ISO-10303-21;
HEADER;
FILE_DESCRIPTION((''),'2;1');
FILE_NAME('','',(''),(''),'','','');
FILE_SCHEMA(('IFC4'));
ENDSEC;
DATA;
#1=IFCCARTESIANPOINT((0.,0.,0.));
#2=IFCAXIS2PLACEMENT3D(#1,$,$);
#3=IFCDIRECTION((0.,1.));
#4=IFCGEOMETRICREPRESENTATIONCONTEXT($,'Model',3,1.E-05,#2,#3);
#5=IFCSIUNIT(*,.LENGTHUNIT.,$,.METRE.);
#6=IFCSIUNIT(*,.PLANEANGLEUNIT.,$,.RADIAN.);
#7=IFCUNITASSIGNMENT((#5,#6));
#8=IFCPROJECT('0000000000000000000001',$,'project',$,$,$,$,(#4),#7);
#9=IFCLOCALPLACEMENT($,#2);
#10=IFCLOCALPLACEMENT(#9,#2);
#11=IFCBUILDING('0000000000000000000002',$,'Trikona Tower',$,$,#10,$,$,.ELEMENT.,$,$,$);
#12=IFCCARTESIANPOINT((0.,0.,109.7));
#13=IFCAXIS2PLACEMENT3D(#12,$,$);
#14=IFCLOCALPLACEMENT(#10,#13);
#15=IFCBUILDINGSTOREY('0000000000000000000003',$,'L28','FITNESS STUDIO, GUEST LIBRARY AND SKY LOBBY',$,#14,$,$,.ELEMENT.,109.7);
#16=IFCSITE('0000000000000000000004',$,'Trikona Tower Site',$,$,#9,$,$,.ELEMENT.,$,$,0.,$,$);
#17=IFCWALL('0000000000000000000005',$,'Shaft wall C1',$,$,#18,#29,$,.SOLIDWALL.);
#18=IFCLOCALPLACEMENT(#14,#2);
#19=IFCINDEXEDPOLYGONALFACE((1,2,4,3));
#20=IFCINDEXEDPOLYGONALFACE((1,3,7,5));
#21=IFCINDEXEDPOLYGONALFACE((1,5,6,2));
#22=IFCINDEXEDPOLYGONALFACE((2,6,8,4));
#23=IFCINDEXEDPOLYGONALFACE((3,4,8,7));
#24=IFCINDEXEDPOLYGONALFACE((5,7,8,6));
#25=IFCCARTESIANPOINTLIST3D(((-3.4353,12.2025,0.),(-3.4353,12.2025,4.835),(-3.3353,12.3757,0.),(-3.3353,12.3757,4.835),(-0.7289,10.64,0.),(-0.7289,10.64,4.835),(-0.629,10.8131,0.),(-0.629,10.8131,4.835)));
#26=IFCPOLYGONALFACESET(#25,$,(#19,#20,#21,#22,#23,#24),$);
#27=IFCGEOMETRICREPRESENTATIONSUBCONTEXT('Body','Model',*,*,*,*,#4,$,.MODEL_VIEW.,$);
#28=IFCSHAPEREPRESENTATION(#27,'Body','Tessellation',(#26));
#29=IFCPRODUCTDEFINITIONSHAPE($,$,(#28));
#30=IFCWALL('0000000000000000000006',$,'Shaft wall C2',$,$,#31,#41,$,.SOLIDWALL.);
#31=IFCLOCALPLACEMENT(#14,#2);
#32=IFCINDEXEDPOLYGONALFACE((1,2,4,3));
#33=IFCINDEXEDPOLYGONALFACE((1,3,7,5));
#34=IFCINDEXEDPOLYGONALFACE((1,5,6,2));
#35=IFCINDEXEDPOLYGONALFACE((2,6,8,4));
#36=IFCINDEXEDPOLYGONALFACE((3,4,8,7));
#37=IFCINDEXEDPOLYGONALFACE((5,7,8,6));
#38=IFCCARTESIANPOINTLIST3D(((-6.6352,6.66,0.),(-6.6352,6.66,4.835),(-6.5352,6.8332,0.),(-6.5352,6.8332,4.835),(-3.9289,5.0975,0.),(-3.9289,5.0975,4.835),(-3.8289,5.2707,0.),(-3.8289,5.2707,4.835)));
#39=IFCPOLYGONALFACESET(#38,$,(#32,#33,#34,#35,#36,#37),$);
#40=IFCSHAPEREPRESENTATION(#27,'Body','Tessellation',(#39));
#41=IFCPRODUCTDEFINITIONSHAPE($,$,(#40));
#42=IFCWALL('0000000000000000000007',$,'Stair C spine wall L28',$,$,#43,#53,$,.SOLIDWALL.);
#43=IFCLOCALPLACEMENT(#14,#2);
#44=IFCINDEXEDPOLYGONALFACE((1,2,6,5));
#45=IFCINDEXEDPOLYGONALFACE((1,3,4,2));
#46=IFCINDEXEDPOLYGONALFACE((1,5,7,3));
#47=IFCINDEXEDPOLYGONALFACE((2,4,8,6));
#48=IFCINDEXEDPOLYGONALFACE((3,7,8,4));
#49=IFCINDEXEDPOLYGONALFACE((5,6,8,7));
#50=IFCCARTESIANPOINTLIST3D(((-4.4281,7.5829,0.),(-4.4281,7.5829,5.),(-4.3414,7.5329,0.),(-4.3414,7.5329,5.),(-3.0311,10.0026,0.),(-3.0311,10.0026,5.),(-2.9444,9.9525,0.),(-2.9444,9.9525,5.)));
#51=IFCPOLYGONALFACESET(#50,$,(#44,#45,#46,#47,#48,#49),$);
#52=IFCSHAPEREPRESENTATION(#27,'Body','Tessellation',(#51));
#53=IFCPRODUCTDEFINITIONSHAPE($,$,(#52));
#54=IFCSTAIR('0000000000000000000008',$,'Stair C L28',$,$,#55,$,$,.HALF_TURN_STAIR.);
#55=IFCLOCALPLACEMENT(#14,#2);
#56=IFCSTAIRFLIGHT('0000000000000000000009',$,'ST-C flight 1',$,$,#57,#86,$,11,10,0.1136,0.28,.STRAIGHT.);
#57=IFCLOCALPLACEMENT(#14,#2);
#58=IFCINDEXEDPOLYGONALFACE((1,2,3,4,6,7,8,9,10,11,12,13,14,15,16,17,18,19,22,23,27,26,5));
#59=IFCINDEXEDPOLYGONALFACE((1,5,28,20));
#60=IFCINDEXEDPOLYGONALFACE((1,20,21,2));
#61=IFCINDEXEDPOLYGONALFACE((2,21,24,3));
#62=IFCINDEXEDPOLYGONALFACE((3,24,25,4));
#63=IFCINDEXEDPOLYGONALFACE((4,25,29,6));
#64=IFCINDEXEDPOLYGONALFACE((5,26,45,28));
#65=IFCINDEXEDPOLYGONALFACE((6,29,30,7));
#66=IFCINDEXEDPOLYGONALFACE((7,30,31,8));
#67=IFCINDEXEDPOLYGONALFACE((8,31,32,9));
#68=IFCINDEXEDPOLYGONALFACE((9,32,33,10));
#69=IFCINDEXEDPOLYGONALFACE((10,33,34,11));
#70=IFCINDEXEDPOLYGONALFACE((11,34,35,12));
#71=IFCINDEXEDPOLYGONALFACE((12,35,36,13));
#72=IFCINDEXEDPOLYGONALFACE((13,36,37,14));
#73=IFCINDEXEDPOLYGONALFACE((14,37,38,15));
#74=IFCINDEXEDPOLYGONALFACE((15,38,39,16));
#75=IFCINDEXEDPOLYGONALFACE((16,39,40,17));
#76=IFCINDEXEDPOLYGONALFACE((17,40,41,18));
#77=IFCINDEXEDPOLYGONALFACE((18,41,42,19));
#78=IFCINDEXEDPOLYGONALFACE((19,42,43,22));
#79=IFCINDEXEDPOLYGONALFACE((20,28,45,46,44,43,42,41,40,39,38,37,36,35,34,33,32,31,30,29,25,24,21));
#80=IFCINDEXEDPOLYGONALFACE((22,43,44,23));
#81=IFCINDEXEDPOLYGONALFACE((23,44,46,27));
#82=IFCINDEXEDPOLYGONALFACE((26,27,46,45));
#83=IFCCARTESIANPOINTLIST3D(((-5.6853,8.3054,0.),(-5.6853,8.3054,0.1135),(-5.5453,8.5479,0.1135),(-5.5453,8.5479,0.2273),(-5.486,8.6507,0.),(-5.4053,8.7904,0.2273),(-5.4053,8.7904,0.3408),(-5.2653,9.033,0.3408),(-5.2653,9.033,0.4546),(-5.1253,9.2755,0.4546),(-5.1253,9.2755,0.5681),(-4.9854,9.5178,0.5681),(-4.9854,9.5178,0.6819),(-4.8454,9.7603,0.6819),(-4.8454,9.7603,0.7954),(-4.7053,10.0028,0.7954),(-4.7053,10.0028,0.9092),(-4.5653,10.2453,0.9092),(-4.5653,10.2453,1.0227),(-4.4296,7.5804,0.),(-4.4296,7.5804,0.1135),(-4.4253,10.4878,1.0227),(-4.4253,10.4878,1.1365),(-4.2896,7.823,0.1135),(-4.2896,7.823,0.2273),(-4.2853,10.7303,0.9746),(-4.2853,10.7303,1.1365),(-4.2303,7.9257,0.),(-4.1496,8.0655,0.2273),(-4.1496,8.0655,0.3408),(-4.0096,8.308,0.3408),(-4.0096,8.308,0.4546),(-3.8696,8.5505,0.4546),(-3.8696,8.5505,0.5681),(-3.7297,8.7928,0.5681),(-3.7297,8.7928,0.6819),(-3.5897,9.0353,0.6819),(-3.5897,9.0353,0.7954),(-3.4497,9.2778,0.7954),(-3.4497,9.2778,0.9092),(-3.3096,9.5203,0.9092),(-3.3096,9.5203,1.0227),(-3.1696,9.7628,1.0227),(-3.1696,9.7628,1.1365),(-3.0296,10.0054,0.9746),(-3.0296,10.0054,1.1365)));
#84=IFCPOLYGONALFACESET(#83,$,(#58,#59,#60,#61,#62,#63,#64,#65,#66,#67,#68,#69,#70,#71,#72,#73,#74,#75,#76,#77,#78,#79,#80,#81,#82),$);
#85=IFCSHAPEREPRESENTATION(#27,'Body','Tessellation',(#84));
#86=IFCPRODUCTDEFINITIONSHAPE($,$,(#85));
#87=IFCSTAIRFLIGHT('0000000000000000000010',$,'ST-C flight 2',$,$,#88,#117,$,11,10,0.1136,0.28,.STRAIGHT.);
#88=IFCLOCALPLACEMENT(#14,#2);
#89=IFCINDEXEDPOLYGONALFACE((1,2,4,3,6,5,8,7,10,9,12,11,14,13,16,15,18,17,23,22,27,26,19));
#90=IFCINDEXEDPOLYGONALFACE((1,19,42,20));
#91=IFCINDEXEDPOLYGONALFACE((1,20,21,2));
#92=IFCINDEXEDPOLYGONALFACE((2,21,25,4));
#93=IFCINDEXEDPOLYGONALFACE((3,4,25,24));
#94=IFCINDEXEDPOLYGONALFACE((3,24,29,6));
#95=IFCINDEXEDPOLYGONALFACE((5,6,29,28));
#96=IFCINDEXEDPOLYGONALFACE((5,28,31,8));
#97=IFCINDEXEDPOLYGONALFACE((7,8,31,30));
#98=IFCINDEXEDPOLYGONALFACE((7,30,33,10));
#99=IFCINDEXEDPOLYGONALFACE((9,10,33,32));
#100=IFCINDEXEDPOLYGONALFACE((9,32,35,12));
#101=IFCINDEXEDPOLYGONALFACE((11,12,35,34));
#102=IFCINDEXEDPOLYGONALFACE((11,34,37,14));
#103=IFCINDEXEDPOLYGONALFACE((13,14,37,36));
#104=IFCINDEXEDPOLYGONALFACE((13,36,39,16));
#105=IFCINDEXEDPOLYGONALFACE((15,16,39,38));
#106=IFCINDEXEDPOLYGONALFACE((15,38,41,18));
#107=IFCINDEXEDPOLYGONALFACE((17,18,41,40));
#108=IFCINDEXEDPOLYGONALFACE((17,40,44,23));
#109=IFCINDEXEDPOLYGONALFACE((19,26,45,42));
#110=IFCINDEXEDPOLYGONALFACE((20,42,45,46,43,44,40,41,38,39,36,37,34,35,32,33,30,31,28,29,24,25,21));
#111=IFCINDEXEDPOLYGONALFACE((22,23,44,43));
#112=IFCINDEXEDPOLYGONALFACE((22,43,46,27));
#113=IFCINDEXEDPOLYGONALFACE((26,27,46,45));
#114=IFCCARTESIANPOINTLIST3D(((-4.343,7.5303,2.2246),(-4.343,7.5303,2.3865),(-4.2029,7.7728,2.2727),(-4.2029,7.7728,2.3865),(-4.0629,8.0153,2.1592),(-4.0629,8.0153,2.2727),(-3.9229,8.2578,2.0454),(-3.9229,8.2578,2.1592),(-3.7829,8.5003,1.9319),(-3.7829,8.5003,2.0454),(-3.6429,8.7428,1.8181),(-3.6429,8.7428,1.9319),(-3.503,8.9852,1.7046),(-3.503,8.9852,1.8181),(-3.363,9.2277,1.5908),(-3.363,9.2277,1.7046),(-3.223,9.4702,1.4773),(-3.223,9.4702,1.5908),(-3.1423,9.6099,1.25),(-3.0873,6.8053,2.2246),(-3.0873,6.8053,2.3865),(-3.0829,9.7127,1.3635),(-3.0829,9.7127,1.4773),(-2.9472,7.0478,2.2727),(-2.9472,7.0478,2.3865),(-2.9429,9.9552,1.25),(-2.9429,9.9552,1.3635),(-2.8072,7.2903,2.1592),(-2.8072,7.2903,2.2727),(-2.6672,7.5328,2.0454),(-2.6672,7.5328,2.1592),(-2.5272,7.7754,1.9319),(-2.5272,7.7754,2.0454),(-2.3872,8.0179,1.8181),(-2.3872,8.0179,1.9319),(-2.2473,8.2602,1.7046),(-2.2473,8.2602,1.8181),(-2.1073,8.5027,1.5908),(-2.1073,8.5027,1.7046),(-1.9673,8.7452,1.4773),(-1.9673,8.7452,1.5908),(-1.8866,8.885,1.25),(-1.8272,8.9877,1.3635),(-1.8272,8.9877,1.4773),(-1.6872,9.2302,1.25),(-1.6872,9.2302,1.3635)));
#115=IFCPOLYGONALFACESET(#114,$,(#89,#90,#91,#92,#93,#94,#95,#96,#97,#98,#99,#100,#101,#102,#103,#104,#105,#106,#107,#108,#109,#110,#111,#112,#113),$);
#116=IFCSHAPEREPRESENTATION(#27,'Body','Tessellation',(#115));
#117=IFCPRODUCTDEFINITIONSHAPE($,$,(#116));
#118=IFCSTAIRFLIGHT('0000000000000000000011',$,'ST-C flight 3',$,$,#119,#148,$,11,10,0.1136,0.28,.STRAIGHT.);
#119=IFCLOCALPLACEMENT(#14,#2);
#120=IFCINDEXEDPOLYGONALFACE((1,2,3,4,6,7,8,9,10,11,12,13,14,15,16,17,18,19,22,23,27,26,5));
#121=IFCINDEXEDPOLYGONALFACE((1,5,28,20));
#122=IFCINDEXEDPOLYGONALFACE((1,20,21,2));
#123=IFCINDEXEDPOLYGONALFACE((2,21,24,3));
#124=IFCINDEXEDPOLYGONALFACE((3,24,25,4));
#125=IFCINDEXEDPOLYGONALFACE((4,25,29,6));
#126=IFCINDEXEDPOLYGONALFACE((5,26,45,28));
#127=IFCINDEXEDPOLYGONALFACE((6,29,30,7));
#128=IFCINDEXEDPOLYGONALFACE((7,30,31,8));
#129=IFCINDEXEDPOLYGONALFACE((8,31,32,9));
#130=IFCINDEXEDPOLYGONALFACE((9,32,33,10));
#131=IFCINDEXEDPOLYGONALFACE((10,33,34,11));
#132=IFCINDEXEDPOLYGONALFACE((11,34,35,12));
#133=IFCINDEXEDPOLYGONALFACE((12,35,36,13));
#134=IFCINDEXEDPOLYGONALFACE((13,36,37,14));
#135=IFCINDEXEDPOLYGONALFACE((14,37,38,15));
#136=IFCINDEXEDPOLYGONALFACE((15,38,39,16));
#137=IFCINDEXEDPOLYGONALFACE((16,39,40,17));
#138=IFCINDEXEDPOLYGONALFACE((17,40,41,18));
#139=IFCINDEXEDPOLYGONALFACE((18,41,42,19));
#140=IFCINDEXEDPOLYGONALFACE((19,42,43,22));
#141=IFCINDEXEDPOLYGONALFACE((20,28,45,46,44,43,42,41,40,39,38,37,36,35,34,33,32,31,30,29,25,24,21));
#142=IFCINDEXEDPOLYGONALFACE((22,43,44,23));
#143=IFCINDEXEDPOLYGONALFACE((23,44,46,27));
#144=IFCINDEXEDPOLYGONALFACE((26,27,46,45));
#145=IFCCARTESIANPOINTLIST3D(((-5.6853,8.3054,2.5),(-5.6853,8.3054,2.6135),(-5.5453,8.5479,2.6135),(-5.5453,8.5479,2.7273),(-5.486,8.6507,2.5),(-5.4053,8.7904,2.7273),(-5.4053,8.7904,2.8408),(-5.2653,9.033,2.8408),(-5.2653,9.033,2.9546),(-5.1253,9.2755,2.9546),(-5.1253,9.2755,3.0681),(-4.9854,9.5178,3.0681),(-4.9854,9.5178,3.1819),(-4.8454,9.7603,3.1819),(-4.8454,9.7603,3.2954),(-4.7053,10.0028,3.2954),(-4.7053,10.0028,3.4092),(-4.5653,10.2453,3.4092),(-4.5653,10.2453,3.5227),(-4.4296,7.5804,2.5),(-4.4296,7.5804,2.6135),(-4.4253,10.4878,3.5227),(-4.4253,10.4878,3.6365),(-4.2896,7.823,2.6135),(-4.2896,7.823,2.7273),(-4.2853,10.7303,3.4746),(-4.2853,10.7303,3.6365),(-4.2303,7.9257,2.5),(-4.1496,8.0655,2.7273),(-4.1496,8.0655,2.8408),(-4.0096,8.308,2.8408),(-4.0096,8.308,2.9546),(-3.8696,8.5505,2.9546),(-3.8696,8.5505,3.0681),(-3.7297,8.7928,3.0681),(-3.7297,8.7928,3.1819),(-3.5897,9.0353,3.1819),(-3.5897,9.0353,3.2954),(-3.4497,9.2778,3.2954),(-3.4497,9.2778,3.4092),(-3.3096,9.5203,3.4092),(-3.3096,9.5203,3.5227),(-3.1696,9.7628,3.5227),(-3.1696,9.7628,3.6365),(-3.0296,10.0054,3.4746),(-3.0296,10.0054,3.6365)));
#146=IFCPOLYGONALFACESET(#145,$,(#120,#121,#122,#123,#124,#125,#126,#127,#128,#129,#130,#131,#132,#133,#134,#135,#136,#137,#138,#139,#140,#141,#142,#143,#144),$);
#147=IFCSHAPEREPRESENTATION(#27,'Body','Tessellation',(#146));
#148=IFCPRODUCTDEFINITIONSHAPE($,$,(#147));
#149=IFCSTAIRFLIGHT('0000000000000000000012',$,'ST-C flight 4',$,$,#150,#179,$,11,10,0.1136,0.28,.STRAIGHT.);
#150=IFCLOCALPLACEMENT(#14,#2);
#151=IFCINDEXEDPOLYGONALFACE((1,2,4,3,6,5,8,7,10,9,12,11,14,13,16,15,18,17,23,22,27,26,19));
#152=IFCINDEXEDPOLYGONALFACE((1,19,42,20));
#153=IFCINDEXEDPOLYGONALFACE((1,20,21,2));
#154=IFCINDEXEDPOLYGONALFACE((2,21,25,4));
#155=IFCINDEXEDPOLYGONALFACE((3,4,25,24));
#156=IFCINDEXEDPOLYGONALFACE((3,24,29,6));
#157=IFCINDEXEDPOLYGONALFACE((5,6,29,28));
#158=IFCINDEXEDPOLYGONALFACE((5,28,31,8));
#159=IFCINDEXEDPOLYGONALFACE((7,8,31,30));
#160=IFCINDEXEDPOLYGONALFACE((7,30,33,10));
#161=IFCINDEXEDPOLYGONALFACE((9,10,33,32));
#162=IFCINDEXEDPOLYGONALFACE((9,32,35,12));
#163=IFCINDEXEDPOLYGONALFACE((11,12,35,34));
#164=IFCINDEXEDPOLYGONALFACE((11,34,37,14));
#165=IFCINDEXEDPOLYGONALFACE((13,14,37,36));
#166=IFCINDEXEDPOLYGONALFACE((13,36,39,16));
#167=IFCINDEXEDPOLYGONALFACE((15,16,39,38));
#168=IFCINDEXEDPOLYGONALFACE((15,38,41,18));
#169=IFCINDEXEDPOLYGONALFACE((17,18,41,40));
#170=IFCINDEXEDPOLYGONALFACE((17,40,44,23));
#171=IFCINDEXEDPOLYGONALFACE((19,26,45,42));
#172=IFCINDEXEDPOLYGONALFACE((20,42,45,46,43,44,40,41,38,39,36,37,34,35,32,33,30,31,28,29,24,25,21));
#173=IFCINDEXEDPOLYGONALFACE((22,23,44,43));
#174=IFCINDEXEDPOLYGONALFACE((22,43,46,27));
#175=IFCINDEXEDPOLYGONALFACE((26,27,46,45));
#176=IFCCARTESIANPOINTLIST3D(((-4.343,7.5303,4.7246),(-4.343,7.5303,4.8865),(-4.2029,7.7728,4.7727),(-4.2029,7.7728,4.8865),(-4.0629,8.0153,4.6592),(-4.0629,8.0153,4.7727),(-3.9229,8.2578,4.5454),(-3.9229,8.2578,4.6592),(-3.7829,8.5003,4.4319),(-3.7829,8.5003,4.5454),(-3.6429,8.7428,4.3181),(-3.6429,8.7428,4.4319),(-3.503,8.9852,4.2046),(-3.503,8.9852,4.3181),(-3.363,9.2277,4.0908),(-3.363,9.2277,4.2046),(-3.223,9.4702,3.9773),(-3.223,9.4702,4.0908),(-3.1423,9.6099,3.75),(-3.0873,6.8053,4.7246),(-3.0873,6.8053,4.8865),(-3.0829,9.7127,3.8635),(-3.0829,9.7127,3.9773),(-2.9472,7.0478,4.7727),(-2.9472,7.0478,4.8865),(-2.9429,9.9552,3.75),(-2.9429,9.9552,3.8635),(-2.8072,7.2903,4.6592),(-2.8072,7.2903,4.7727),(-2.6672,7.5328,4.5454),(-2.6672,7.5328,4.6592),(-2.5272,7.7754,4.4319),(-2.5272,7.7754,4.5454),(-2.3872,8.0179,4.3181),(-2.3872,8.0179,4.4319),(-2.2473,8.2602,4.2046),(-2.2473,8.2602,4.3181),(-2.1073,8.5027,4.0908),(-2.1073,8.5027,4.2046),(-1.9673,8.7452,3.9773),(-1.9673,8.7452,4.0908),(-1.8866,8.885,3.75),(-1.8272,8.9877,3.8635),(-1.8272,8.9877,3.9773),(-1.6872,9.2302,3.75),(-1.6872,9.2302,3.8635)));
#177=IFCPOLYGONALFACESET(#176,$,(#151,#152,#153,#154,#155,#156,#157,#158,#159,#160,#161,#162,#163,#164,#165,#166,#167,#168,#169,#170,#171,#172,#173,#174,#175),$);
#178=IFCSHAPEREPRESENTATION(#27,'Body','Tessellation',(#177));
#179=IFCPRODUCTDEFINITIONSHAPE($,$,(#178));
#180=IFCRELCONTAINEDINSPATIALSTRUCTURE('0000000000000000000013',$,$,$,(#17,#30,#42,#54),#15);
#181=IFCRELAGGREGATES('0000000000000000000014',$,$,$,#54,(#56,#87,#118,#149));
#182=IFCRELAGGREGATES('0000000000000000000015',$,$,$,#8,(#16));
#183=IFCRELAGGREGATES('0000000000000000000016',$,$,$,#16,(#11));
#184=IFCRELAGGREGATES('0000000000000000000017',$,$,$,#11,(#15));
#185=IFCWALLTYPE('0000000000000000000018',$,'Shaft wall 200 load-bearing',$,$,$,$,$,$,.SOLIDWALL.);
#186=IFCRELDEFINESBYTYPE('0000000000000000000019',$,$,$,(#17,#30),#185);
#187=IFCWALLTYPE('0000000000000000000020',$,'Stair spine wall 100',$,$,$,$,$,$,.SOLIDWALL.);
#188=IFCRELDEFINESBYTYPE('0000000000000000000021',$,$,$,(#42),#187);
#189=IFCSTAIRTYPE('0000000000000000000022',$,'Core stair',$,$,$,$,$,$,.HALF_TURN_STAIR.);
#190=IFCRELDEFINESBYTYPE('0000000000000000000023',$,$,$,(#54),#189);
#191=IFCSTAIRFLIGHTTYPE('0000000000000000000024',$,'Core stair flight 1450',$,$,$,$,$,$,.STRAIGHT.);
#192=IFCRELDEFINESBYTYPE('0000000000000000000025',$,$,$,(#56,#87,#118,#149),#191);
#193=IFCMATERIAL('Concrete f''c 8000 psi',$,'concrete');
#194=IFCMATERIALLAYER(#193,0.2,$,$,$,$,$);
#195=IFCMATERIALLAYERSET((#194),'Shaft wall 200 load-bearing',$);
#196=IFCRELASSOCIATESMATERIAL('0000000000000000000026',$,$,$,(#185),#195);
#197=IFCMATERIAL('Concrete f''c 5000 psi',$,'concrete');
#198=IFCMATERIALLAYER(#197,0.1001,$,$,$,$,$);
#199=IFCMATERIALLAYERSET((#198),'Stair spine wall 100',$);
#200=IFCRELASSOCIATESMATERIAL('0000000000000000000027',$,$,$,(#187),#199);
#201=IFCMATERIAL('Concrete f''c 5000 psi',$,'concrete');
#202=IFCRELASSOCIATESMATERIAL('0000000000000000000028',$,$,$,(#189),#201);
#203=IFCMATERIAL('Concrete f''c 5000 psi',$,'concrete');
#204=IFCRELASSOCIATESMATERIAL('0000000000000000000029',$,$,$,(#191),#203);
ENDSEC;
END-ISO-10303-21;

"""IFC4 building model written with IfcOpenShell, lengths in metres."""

from ifc_helpers import new_model, si_unit, direction, frame, frame_2d, origin, place, context, subcontext, project, spatial, polyline, rectangle, outline, extrude, material, layer, layer_set, type_object, element, aggregate, save


model = new_model("IFC4")

# Units and contexts
model_context = context("Model", 3, precision=1e-05, world=origin(), true_north=direction((0.0, 1.0)))
body_context = subcontext(model_context, "Body", "Model", "MODEL_VIEW")
ifc_project = project(units=[si_unit("LENGTHUNIT", "METRE"), si_unit("PLANEANGLEUNIT", "RADIAN")], contexts=[model_context])

# Site, building, storey
site_placement = place(None, origin())
site = spatial("IfcSite", under=ifc_project, at=site_placement, Name="Trikona Tower Site", CompositionType="ELEMENT", RefElevation=0.0)
building_placement = place(site_placement, origin())
building = spatial("IfcBuilding", under=site, at=building_placement, Name="Trikona Tower", CompositionType="ELEMENT")
storey_placement = place(building_placement, frame((0.0, 0.0, 109.7)))
storey = spatial("IfcBuildingStorey", under=building, at=storey_placement, Name="L28", Description="FITNESS STUDIO, GUEST LIBRARY AND SKY LOBBY", CompositionType="ELEMENT", Elevation=109.7)

# Walls
ifc_material_1 = material(Name="Concrete f'c 8000 psi", Category="concrete")
ifc_layer_1 = layer(ifc_material_1, 0.2)
ifc_layer_set_1 = layer_set([ifc_layer_1], Name="Shaft wall 200 load-bearing")
wall_type_1 = type_object("IfcWallType", Name="Shaft wall 200 load-bearing", PredefinedType="SOLIDWALL", material=ifc_layer_set_1)
for number, where, z_axis, x_axis, name in (
    (1, (-0.679, 10.7266, 0.0), (0.0, 0.0, 1.0), (-0.866023, 0.500004, 0.0), "Shaft wall C1"),
    (2, (-3.8789, 5.1841, 0.0), (0.0, 0.0, 1.0), (-0.866023, 0.500004, 0.0), "Shaft wall C2"),
):
    element("IfcWall", number, at=place(storey_placement, frame(where, z_axis=z_axis, x_axis=x_axis)), inside=storey, type_object=wall_type_1, Name=name, PredefinedType="SOLIDWALL", context=body_context, shape_type="SweptSolid", body=[
        extrude(rectangle(XDim=3.125, YDim=0.2, at=frame_2d((1.5625, 0.0))), origin(), (0.0, 0.0, 1.0), 4.835),
    ])
ifc_material_2 = material(Name="Concrete f'c 5000 psi", Category="concrete")
ifc_layer_2 = layer(ifc_material_2, 0.1001)
ifc_layer_set_2 = layer_set([ifc_layer_2], Name="Stair spine wall 100")
wall_type_2 = type_object("IfcWallType", Name="Stair spine wall 100", PredefinedType="SOLIDWALL", material=ifc_layer_set_2)
wall_1_placement = place(storey_placement, frame((-2.9878, 9.9775, 0.0), z_axis=(0.0, 0.0, 1.0), x_axis=(-0.499992, -0.86603, 0.0)))
element("IfcWall", 3, at=wall_1_placement, inside=storey, type_object=wall_type_2, Name="Stair C spine wall L28", PredefinedType="SOLIDWALL", context=body_context, shape_type="SweptSolid", body=[
    extrude(rectangle(XDim=2.7939, YDim=0.1001, at=frame_2d((1.397, 0.0))), origin(), (0.0, 0.0, 1.0), 5.0),
])

# Stair, stair flights
ifc_material_3 = material(Name="Concrete f'c 5000 psi", Category="concrete")
stair_type = type_object("IfcStairType", Name="Core stair", PredefinedType="HALF_TURN_STAIR", material=ifc_material_3)
stair_placement = place(storey_placement, origin())
stair = element("IfcStair", 4, at=stair_placement, inside=storey, type_object=stair_type, Name="Stair C L28", PredefinedType="HALF_TURN_STAIR")
ifc_material_4 = material(Name="Concrete f'c 5000 psi", Category="concrete")
stair_flight_type = type_object("IfcStairFlightType", Name="Core stair flight 1450", PredefinedType="STRAIGHT", material=ifc_material_4)
stair_flight_1_placement = place(storey_placement, frame((-5.0574, 7.9429, 0.0), z_axis=(0.0, 0.0, 1.0), x_axis=(0.5, 0.866025, 0.0)))
stair_flight_1 = element("IfcStairFlight", 5, at=stair_flight_1_placement, type_object=stair_flight_type, Name="ST-C flight 1", NumberOfRisers=11, NumberOfTreads=10, PredefinedType="STRAIGHT", RiserHeight=0.1136, TreadLength=0.28, context=body_context, shape_type="SweptSolid", body=[
    extrude(outline(polyline([(0.0, 0.0), (0.0, 0.1135), (0.28, 0.1135), (0.28, 0.2273), (0.5601, 0.2273), (0.5601, 0.3408), (0.8401, 0.3408), (0.8401, 0.4546), (1.1201, 0.4546), (1.1201, 0.5681), (1.3999, 0.5681), (1.3999, 0.6819), (1.6799, 0.6819), (1.6799, 0.7954), (1.96, 0.7954), (1.96, 0.9092), (2.24, 0.9092), (2.24, 1.0227), (2.52, 1.0227), (2.52, 1.1365), (2.8, 1.1365), (2.8, 1.25), (2.8, 0.9746), (0.3987, 0.0), (0.0, 0.0)])), frame((0.0, 0.7251, 0.0), z_axis=(0.0, -1.0, 0.0), x_axis=(1.0, 0.0, 0.0)), (0.0, 0.0, 1.0), 1.45),
])
stair_flight_2_placement = place(storey_placement, frame((-2.3152, 9.5928, 1.25), z_axis=(0.0, 0.0, 1.0), x_axis=(-0.5, -0.866025, 0.0)))
stair_flight_2 = element("IfcStairFlight", 6, at=stair_flight_2_placement, type_object=stair_flight_type, Name="ST-C flight 2", NumberOfRisers=11, NumberOfTreads=10, PredefinedType="STRAIGHT", RiserHeight=0.1136, TreadLength=0.28, context=body_context, shape_type="SweptSolid", body=[
    extrude(outline(polyline([(0.0, 0.0), (0.0, 0.1135), (0.28, 0.1135), (0.28, 0.2273), (0.5601, 0.2273), (0.5601, 0.3408), (0.8401, 0.3408), (0.8401, 0.4546), (1.1201, 0.4546), (1.1201, 0.5681), (1.3999, 0.5681), (1.3999, 0.6819), (1.6799, 0.6819), (1.6799, 0.7954), (1.96, 0.7954), (1.96, 0.9092), (2.24, 0.9092), (2.24, 1.0227), (2.52, 1.0227), (2.52, 1.1365), (2.8, 1.1365), (2.8, 1.25), (2.8, 0.9746), (0.3987, 0.0), (0.0, 0.0)])), frame((0.0, 0.7251, 0.0), z_axis=(0.0, -1.0, 0.0), x_axis=(1.0, 0.0, 0.0)), (0.0, 0.0, 1.0), 1.45),
])
stair_flight_3_placement = place(storey_placement, frame((-5.0574, 7.9429, 2.5), z_axis=(0.0, 0.0, 1.0), x_axis=(0.5, 0.866025, 0.0)))
stair_flight_3 = element("IfcStairFlight", 7, at=stair_flight_3_placement, type_object=stair_flight_type, Name="ST-C flight 3", NumberOfRisers=11, NumberOfTreads=10, PredefinedType="STRAIGHT", RiserHeight=0.1136, TreadLength=0.28, context=body_context, shape_type="SweptSolid", body=[
    extrude(outline(polyline([(0.0, 0.0), (0.0, 0.1135), (0.28, 0.1135), (0.28, 0.2273), (0.5601, 0.2273), (0.5601, 0.3408), (0.8401, 0.3408), (0.8401, 0.4546), (1.1201, 0.4546), (1.1201, 0.5681), (1.3999, 0.5681), (1.3999, 0.6819), (1.6799, 0.6819), (1.6799, 0.7954), (1.96, 0.7954), (1.96, 0.9092), (2.24, 0.9092), (2.24, 1.0227), (2.52, 1.0227), (2.52, 1.1365), (2.8, 1.1365), (2.8, 1.25), (2.8, 0.9746), (0.3987, 0.0), (0.0, 0.0)])), frame((0.0, 0.7251, 0.0), z_axis=(0.0, -1.0, 0.0), x_axis=(1.0, 0.0, 0.0)), (0.0, 0.0, 1.0), 1.45),
])
stair_flight_4_placement = place(storey_placement, frame((-2.3152, 9.5928, 3.75), z_axis=(0.0, 0.0, 1.0), x_axis=(-0.5, -0.866025, 0.0)))
stair_flight_4 = element("IfcStairFlight", 8, at=stair_flight_4_placement, type_object=stair_flight_type, Name="ST-C flight 4", NumberOfRisers=11, NumberOfTreads=10, PredefinedType="STRAIGHT", RiserHeight=0.1136, TreadLength=0.28, context=body_context, shape_type="SweptSolid", body=[
    extrude(outline(polyline([(0.0, 0.0), (0.0, 0.1135), (0.28, 0.1135), (0.28, 0.2273), (0.5601, 0.2273), (0.5601, 0.3408), (0.8401, 0.3408), (0.8401, 0.4546), (1.1201, 0.4546), (1.1201, 0.5681), (1.3999, 0.5681), (1.3999, 0.6819), (1.6799, 0.6819), (1.6799, 0.7954), (1.96, 0.7954), (1.96, 0.9092), (2.24, 0.9092), (2.24, 1.0227), (2.52, 1.0227), (2.52, 1.1365), (2.8, 1.1365), (2.8, 1.25), (2.8, 0.9746), (0.3987, 0.0), (0.0, 0.0)])), frame((0.0, 0.7251, 0.0), z_axis=(0.0, -1.0, 0.0), x_axis=(1.0, 0.0, 0.0)), (0.0, 0.0, 1.0), 1.45),
])
aggregate(stair, [stair_flight_1, stair_flight_2, stair_flight_3, stair_flight_4])

save(model, "model.ifc")
